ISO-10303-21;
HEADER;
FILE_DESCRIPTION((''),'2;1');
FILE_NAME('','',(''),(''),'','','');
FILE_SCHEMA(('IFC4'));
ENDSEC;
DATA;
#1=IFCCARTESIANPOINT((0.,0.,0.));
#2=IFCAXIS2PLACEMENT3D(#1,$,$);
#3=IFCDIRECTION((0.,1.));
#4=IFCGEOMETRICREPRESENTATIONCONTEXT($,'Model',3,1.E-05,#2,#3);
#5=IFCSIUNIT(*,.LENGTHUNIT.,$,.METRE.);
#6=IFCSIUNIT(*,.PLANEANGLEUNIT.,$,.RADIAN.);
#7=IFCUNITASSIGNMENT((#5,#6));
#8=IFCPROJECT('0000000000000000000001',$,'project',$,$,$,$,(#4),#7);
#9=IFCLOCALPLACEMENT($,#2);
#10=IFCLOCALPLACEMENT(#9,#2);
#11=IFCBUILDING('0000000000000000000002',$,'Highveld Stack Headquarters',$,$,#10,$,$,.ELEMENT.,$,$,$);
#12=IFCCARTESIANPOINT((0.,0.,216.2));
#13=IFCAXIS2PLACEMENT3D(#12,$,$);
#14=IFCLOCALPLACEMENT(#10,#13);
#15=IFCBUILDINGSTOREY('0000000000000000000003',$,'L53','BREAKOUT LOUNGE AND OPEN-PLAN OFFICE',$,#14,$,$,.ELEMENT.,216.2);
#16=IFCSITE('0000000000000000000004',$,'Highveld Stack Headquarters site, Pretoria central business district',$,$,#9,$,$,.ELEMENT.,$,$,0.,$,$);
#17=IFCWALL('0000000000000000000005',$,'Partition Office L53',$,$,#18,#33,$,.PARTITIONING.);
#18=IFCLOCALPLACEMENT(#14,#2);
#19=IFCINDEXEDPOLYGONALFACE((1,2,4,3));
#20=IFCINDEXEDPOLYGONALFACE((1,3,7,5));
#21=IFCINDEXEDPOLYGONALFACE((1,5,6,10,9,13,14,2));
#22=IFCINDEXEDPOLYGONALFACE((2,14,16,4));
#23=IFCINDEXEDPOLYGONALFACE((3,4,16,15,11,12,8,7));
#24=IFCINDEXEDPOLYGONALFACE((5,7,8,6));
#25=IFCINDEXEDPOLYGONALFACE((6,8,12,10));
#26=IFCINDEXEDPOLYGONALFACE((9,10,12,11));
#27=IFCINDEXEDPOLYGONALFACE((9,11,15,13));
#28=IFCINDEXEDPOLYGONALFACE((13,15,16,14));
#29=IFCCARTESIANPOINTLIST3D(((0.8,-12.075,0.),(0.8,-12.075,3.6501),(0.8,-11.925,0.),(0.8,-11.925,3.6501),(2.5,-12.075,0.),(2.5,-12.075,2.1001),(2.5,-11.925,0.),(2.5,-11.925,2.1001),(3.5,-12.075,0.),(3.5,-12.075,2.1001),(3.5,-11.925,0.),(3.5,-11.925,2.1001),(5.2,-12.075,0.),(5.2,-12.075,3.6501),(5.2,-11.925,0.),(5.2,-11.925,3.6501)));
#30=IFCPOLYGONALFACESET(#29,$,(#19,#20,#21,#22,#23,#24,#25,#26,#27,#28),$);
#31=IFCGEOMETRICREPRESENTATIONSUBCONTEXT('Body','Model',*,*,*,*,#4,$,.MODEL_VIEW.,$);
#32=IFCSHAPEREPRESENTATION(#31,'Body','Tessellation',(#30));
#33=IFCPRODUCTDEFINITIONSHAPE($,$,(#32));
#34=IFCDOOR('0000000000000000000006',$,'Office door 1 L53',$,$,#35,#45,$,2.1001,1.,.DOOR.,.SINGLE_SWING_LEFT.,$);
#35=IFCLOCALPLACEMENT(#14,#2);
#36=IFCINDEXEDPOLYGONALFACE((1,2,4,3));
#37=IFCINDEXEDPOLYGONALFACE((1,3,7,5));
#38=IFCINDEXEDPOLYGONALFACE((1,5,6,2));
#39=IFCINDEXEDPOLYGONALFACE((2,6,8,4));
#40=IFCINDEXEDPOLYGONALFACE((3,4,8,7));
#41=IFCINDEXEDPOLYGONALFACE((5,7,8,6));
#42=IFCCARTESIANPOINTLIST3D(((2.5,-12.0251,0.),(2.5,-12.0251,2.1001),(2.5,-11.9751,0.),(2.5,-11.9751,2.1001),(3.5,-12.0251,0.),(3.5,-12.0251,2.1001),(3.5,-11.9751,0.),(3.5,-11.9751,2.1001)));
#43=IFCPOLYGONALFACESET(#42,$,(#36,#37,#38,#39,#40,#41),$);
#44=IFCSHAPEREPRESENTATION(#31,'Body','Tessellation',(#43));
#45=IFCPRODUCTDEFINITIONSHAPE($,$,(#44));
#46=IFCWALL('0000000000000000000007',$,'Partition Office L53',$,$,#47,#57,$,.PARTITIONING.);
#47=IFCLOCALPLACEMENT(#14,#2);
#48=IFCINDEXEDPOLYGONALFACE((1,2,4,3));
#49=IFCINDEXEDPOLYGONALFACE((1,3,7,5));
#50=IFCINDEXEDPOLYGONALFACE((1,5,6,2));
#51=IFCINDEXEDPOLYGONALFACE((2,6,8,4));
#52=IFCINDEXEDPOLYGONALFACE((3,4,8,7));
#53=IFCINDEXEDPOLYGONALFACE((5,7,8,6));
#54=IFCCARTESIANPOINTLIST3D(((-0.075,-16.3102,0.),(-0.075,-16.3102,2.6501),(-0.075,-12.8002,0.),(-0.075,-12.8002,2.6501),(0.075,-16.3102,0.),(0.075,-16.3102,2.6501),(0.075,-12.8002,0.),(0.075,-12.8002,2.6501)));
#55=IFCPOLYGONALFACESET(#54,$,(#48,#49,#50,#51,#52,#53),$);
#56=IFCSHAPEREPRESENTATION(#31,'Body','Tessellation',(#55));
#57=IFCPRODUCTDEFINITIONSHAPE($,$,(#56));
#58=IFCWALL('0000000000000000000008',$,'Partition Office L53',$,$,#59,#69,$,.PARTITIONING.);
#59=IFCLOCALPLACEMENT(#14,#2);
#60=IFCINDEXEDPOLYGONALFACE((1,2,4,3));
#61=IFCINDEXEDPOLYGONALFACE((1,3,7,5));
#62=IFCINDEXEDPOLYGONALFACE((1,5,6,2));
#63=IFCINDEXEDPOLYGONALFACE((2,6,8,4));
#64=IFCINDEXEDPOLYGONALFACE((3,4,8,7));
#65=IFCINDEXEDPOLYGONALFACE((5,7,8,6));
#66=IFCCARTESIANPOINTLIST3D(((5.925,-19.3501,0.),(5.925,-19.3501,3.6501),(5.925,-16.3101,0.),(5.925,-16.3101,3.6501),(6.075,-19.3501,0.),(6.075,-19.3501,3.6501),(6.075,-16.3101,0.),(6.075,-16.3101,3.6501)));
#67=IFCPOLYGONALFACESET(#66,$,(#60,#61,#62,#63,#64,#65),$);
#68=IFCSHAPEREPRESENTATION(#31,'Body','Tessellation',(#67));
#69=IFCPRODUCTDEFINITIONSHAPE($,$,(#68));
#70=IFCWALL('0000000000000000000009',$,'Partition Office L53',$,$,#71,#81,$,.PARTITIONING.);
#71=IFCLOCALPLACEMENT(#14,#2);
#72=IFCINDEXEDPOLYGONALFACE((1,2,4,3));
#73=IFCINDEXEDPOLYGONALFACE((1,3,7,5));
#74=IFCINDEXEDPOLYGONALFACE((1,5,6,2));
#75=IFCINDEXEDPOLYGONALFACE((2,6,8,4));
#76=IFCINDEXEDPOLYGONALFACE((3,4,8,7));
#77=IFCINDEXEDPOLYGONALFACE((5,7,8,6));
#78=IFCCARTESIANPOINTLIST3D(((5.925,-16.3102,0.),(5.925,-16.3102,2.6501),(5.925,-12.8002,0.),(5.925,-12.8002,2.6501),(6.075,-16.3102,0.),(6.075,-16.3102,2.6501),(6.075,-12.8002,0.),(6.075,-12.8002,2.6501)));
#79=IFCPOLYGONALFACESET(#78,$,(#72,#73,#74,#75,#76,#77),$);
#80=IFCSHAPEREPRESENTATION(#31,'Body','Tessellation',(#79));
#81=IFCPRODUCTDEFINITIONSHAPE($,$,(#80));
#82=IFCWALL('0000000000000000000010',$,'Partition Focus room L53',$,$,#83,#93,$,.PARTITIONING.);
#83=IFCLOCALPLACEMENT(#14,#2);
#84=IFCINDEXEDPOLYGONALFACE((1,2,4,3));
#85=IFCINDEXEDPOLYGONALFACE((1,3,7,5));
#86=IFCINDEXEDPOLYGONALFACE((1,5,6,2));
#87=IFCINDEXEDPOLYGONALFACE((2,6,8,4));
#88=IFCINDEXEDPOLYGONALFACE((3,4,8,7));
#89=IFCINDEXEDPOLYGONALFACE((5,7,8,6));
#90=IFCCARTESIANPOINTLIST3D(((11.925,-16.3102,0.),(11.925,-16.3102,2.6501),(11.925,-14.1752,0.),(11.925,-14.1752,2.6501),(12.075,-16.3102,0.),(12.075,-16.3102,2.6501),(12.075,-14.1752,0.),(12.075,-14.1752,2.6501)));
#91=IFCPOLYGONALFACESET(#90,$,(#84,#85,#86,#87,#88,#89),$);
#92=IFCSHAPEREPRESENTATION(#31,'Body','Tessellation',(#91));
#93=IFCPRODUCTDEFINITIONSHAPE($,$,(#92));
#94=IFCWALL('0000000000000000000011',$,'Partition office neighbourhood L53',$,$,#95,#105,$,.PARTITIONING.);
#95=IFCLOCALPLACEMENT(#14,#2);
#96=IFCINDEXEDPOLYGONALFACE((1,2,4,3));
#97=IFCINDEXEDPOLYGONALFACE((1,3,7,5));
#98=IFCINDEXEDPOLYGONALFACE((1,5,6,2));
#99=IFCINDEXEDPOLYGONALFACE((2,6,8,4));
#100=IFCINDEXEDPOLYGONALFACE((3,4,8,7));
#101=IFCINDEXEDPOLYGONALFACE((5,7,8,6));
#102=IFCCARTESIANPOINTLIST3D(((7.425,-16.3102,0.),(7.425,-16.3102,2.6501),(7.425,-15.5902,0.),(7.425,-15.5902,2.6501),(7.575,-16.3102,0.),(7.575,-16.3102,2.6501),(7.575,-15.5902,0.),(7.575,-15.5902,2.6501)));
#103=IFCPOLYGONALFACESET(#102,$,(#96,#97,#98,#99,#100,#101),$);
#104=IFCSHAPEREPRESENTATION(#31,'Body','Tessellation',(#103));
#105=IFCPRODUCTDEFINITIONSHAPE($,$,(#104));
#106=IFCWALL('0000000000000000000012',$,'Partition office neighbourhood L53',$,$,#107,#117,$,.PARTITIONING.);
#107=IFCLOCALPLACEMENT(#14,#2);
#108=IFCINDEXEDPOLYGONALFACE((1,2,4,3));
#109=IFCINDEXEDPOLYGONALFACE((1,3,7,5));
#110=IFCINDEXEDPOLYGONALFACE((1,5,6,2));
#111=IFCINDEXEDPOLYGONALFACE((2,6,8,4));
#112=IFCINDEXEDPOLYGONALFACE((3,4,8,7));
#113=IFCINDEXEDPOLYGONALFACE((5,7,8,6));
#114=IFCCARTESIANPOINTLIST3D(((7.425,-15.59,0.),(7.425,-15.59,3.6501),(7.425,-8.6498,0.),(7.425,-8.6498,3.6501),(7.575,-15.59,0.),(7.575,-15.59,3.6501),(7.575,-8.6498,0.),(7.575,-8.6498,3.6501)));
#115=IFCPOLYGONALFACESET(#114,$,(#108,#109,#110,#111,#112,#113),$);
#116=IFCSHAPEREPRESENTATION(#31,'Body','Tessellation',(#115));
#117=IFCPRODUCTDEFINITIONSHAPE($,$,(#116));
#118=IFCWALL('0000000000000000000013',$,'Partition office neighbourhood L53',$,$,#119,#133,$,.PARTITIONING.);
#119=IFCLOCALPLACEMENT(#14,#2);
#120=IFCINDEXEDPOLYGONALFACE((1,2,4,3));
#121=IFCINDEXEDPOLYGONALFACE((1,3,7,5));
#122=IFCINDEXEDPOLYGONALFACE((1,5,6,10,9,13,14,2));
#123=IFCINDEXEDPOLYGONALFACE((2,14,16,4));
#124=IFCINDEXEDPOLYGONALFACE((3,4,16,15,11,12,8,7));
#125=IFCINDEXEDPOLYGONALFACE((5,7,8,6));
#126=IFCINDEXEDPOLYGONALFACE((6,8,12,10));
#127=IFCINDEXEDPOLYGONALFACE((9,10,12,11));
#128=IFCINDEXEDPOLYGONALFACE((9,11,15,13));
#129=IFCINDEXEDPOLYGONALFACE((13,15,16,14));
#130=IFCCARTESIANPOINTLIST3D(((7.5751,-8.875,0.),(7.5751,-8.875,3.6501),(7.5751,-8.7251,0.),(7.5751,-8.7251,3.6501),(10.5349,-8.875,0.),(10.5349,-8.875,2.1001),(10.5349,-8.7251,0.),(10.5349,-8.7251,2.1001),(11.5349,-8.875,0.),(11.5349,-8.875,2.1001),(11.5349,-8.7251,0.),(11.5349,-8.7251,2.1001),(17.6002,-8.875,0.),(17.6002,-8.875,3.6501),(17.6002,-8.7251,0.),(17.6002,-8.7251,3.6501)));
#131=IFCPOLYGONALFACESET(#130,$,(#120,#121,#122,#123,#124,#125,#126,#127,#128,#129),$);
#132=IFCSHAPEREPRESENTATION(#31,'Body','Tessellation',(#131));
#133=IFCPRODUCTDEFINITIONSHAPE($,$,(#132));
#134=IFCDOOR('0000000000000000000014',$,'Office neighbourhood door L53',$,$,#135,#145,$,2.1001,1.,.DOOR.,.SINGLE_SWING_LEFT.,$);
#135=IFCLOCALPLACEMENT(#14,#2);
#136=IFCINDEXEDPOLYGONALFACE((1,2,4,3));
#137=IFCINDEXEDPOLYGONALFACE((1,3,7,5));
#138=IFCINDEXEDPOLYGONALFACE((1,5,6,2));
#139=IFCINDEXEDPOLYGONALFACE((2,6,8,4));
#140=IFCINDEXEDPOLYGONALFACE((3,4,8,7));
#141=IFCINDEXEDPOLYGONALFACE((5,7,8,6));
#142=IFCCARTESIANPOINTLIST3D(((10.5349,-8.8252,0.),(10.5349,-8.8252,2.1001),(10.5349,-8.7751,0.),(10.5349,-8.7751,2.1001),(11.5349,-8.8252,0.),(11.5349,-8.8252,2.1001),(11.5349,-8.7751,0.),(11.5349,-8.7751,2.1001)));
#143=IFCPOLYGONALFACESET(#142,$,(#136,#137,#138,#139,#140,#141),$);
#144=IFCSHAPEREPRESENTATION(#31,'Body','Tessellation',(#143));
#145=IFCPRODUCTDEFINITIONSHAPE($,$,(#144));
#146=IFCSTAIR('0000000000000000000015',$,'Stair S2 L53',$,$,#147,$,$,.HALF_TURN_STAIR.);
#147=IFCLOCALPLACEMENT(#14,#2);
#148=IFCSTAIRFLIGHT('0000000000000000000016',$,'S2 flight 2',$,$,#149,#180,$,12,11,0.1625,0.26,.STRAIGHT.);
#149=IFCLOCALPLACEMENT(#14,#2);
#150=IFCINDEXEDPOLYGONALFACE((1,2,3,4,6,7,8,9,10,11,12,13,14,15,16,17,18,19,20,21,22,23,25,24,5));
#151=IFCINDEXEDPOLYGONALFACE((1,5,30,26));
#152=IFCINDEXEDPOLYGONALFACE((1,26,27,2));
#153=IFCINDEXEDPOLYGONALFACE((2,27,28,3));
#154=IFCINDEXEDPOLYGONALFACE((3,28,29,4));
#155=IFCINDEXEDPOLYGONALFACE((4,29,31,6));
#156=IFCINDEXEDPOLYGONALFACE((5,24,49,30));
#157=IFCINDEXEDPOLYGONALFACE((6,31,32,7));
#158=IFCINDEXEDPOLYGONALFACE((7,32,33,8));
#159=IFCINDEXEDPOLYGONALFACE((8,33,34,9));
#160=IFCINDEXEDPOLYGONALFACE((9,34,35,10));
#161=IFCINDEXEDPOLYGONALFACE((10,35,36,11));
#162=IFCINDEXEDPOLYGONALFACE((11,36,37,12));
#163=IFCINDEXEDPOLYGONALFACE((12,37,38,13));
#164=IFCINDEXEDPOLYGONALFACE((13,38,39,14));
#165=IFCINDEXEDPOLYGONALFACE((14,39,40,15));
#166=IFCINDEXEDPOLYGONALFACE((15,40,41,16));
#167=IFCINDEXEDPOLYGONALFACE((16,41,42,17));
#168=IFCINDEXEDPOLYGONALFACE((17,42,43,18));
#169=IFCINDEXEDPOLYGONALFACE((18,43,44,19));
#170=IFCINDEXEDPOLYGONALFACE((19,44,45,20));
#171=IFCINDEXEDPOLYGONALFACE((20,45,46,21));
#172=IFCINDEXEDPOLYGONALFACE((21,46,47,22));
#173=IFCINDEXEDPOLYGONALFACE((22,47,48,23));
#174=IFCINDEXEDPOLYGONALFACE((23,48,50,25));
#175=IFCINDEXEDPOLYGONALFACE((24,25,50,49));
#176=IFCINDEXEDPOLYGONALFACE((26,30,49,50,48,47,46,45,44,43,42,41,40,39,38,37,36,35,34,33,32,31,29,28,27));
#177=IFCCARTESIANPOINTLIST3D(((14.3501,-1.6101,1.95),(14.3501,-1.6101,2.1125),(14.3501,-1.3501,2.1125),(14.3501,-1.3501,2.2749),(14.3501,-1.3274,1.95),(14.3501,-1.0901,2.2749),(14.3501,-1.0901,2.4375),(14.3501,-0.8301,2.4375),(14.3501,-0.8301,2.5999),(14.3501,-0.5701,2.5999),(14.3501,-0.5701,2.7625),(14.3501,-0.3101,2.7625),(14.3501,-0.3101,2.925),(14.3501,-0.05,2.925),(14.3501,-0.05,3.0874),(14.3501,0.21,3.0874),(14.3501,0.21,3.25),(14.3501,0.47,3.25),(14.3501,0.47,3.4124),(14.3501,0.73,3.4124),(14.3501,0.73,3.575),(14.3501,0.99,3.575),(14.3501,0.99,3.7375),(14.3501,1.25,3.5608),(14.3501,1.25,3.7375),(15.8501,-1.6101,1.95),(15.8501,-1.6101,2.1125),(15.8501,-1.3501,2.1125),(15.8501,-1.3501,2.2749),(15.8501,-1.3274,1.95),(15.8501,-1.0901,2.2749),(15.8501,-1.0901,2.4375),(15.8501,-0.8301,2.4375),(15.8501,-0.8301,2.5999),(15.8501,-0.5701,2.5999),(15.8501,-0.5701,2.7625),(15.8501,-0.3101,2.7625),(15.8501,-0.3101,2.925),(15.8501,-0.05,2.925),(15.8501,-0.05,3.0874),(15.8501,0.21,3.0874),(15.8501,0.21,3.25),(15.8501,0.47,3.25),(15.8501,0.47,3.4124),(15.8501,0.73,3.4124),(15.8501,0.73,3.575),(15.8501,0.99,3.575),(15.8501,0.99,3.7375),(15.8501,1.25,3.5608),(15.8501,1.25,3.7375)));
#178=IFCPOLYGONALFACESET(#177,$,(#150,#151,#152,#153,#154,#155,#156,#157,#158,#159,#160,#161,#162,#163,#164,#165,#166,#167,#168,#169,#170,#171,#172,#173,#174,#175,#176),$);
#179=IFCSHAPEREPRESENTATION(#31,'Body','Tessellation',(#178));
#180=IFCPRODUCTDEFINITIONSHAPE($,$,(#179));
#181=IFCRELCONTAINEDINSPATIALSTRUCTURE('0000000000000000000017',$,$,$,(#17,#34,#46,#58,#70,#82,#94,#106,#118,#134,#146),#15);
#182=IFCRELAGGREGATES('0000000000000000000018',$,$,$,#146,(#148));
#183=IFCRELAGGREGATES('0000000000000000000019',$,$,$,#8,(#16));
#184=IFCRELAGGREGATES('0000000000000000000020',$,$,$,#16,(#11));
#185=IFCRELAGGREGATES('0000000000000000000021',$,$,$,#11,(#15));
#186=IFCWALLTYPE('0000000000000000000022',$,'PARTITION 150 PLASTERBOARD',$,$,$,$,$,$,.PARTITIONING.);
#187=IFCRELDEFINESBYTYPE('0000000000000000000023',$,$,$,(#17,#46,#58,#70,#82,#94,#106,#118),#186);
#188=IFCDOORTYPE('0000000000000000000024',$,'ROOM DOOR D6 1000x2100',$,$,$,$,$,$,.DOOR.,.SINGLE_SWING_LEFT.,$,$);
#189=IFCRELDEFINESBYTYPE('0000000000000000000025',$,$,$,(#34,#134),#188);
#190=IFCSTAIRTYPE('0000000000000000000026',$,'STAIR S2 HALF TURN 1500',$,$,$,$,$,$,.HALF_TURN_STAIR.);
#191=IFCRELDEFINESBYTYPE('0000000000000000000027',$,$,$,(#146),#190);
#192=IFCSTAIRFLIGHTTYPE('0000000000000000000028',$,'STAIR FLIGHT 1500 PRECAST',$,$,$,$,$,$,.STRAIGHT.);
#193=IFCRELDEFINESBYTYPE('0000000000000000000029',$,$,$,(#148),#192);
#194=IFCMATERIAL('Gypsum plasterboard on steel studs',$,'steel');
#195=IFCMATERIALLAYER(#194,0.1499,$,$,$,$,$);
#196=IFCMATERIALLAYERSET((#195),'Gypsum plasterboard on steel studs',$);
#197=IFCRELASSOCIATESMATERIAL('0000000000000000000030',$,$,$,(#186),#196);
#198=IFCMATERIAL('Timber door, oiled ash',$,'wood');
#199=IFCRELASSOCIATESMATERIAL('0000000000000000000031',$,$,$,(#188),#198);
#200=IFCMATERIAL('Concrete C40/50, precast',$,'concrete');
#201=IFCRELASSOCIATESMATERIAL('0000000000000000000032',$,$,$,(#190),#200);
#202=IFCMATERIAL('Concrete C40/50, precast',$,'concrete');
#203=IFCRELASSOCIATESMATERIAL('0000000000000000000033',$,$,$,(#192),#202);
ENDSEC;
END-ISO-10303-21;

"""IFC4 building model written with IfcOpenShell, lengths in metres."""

from ifc_helpers import new_model, si_unit, direction, frame, frame_2d, origin, place, context, subcontext, project, spatial, polyline, rectangle, outline, extrude, material, layer, layer_set, type_object, element, fill, aggregate, save


model = new_model("IFC4")

# Units and contexts
model_context = context("Model", 3, precision=1e-05, world=origin(), true_north=direction((0.0, 1.0)))
body_context = subcontext(model_context, "Body", "Model", "MODEL_VIEW")
ifc_project = project(units=[si_unit("LENGTHUNIT", "METRE"), si_unit("PLANEANGLEUNIT", "RADIAN")], contexts=[model_context])

# Site, building, storey
site_placement = place(None, origin())
site = spatial("IfcSite", under=ifc_project, at=site_placement, Name="Highveld Stack Headquarters site, Pretoria central business district", CompositionType="ELEMENT", RefElevation=0.0)
building_placement = place(site_placement, origin())
building = spatial("IfcBuilding", under=site, at=building_placement, Name="Highveld Stack Headquarters", CompositionType="ELEMENT")
storey_placement = place(building_placement, frame((0.0, 0.0, 216.2)))
storey = spatial("IfcBuildingStorey", under=building, at=storey_placement, Name="L53", Description="BREAKOUT LOUNGE AND OPEN-PLAN OFFICE", CompositionType="ELEMENT", Elevation=216.2)

# Shared definitions
ifc_material_1 = material(Name="Gypsum plasterboard on steel studs", Category="steel")
ifc_layer_1 = layer(ifc_material_1, 0.1499)
ifc_layer_set_1 = layer_set([ifc_layer_1], Name="Gypsum plasterboard on steel studs")
wall_type_1 = type_object("IfcWallType", Name="PARTITION 150 PLASTERBOARD", PredefinedType="PARTITIONING", material=ifc_layer_set_1)

# Wall, opening, door
ifc_material_2 = material(Name="Timber door, oiled ash", Category="wood")
door_type = type_object("IfcDoorType", Name="ROOM DOOR D6 1000x2100", OperationType="SINGLE_SWING_LEFT", PredefinedType="DOOR", material=ifc_material_2)
wall_1_placement = place(storey_placement, frame((0.8, -12.0, 0.0), z_axis=(0.0, 0.0, 1.0), x_axis=(1.0, 0.0, 0.0)))
wall_1 = element("IfcWall", 1, at=wall_1_placement, inside=storey, type_object=wall_type_1, Name="Partition Office L53", PredefinedType="PARTITIONING", context=body_context, shape_type="SweptSolid", body=[
    extrude(rectangle(XDim=4.3999, YDim=0.1499, at=frame_2d((2.2, 0.0))), origin(), (0.0, 0.0, 1.0), 3.6501),
])
opening_1_placement = place(wall_1_placement, frame((1.7, 0.0, 0.0)))
opening_1 = element("IfcOpeningElement", 2, at=opening_1_placement, cuts=wall_1, PredefinedType="OPENING", context=body_context, shape_type="SweptSolid", body=[
    extrude(rectangle(XDim=1.0, YDim=2.1001, at=frame_2d((0.5, 1.05))), frame((0.0, 0.085, 0.0), z_axis=(0.0, -1.0, 0.0), x_axis=(1.0, 0.0, 0.0)), (0.0, 0.0, 1.0), 0.1699),
])
door_1_placement = place(opening_1_placement, origin())
door_1 = element("IfcDoor", 3, at=door_1_placement, inside=storey, type_object=door_type, Name="Office door 1 L53", OperationType="SINGLE_SWING_LEFT", OverallHeight=2.1001, OverallWidth=1.0, PredefinedType="DOOR", context=body_context, shape_type="SweptSolid", body=[
    extrude(rectangle(XDim=1.0, YDim=2.1001, at=frame_2d((0.5, 1.05))), frame((0.0, 0.0249, 0.0), z_axis=(0.0, -1.0, 0.0), x_axis=(1.0, 0.0, 0.0)), (0.0, 0.0, 1.0), 0.05),
])
fill(opening_1, door_1)

# Walls
wall_2_placement = place(storey_placement, frame((0.0, -16.3101, 0.0), z_axis=(0.0, 0.0, 1.0), x_axis=(0.0, 1.0, 0.0)))
element("IfcWall", 4, at=wall_2_placement, inside=storey, type_object=wall_type_1, Name="Partition Office L53", PredefinedType="PARTITIONING", context=body_context, shape_type="SweptSolid", body=[
    extrude(rectangle(XDim=3.51, YDim=0.1499, at=frame_2d((1.7549, 0.0))), origin(), (0.0, 0.0, 1.0), 2.6501),
])
wall_3_placement = place(storey_placement, frame((6.0, -19.3501, 0.0), z_axis=(0.0, 0.0, 1.0), x_axis=(0.0, 1.0, 0.0)))
element("IfcWall", 5, at=wall_3_placement, inside=storey, type_object=wall_type_1, Name="Partition Office L53", PredefinedType="PARTITIONING", context=body_context, shape_type="SweptSolid", body=[
    extrude(rectangle(XDim=3.04, YDim=0.1499, at=frame_2d((1.52, 0.0))), origin(), (0.0, 0.0, 1.0), 3.6501),
])
wall_4_placement = place(storey_placement, frame((6.0, -16.3101, 0.0), z_axis=(0.0, 0.0, 1.0), x_axis=(0.0, 1.0, 0.0)))
element("IfcWall", 6, at=wall_4_placement, inside=storey, type_object=wall_type_1, Name="Partition Office L53", PredefinedType="PARTITIONING", context=body_context, shape_type="SweptSolid", body=[
    extrude(rectangle(XDim=3.51, YDim=0.1499, at=frame_2d((1.7549, 0.0))), origin(), (0.0, 0.0, 1.0), 2.6501),
])
wall_5_placement = place(storey_placement, frame((12.0, -16.3101, 0.0), z_axis=(0.0, 0.0, 1.0), x_axis=(0.0, 1.0, 0.0)))
element("IfcWall", 7, at=wall_5_placement, inside=storey, type_object=wall_type_1, Name="Partition Focus room L53", PredefinedType="PARTITIONING", context=body_context, shape_type="SweptSolid", body=[
    extrude(rectangle(XDim=2.135, YDim=0.1499, at=frame_2d((1.0674, 0.0))), origin(), (0.0, 0.0, 1.0), 2.6501),
])
wall_6_placement = place(storey_placement, frame((7.5, -16.3101, 0.0), z_axis=(0.0, 0.0, 1.0), x_axis=(0.0, 1.0, 0.0)))
element("IfcWall", 8, at=wall_6_placement, inside=storey, type_object=wall_type_1, Name="Partition office neighbourhood L53", PredefinedType="PARTITIONING", context=body_context, shape_type="SweptSolid", body=[
    extrude(rectangle(XDim=0.72, YDim=0.1499, at=frame_2d((0.3599, 0.0))), origin(), (0.0, 0.0, 1.0), 2.6501),
])
wall_7_placement = place(storey_placement, frame((7.5, -15.5901, 0.0), z_axis=(0.0, 0.0, 1.0), x_axis=(0.0, 1.0, 0.0)))
element("IfcWall", 9, at=wall_7_placement, inside=storey, type_object=wall_type_1, Name="Partition office neighbourhood L53", PredefinedType="PARTITIONING", context=body_context, shape_type="SweptSolid", body=[
    extrude(rectangle(XDim=6.9402, YDim=0.1499, at=frame_2d((3.4702, 0.0))), origin(), (0.0, 0.0, 1.0), 3.6501),
])

# Wall, opening, door
wall_8_placement = place(storey_placement, frame((7.575, -8.8, 0.0), z_axis=(0.0, 0.0, 1.0), x_axis=(1.0, 0.0, 0.0)))
wall_8 = element("IfcWall", 10, at=wall_8_placement, inside=storey, type_object=wall_type_1, Name="Partition office neighbourhood L53", PredefinedType="PARTITIONING", context=body_context, shape_type="SweptSolid", body=[
    extrude(rectangle(XDim=10.0251, YDim=0.1499, at=frame_2d((5.0127, 0.0))), origin(), (0.0, 0.0, 1.0), 3.6501),
])
opening_2_placement = place(wall_8_placement, frame((2.96, 0.0, 0.0)))
opening_2 = element("IfcOpeningElement", 11, at=opening_2_placement, cuts=wall_8, PredefinedType="OPENING", context=body_context, shape_type="SweptSolid", body=[
    extrude(rectangle(XDim=1.0, YDim=2.1001, at=frame_2d((0.5, 1.05))), frame((0.0, 0.085, 0.0), z_axis=(0.0, -1.0, 0.0), x_axis=(1.0, 0.0, 0.0)), (0.0, 0.0, 1.0), 0.1699),
])
door_2_placement = place(opening_2_placement, origin())
door_2 = element("IfcDoor", 12, at=door_2_placement, inside=storey, type_object=door_type, Name="Office neighbourhood door L53", OperationType="SINGLE_SWING_LEFT", OverallHeight=2.1001, OverallWidth=1.0, PredefinedType="DOOR", context=body_context, shape_type="SweptSolid", body=[
    extrude(rectangle(XDim=1.0, YDim=2.1001, at=frame_2d((0.5, 1.05))), frame((0.0, 0.0249, 0.0), z_axis=(0.0, -1.0, 0.0), x_axis=(1.0, 0.0, 0.0)), (0.0, 0.0, 1.0), 0.05),
])
fill(opening_2, door_2)

# Stair, stair flight
ifc_material_3 = material(Name="Concrete C40/50, precast", Category="concrete")
stair_type = type_object("IfcStairType", Name="STAIR S2 HALF TURN 1500", PredefinedType="HALF_TURN_STAIR", material=ifc_material_3)
stair_placement = place(storey_placement, origin())
stair = element("IfcStair", 13, at=stair_placement, inside=storey, type_object=stair_type, Name="Stair S2 L53", PredefinedType="HALF_TURN_STAIR")
ifc_material_4 = material(Name="Concrete C40/50, precast", Category="concrete")
stair_flight_type = type_object("IfcStairFlightType", Name="STAIR FLIGHT 1500 PRECAST", PredefinedType="STRAIGHT", material=ifc_material_4)
stair_flight_placement = place(storey_placement, frame((15.1001, -1.6101, 1.95), z_axis=(0.0, 0.0, 1.0), x_axis=(0.0, 1.0, 0.0)))
stair_flight = element("IfcStairFlight", 14, at=stair_flight_placement, type_object=stair_flight_type, Name="S2 flight 2", NumberOfRisers=12, NumberOfTreads=11, PredefinedType="STRAIGHT", RiserHeight=0.1625, TreadLength=0.26, context=body_context, shape_type="SweptSolid", body=[
    extrude(outline(polyline([(0.0, 0.0), (0.0, 0.1626), (0.26, 0.1626), (0.26, 0.325), (0.52, 0.325), (0.52, 0.4875), (0.78, 0.4875), (0.78, 0.6499), (1.04, 0.6499), (1.04, 0.8125), (1.3, 0.8125), (1.3, 0.9751), (1.5601, 0.9751), (1.5601, 1.1375), (1.8201, 1.1375), (1.8201, 1.3), (2.0801, 1.3), (2.0801, 1.4624), (2.3401, 1.4624), (2.3401, 1.625), (2.6001, 1.625), (2.6001, 1.7876), (2.8601, 1.7876), (2.8601, 1.95), (2.8601, 1.6108), (0.2827, 0.0), (0.0, 0.0)])), frame((0.0, 0.75, 0.0), z_axis=(0.0, -1.0, 0.0), x_axis=(1.0, 0.0, 0.0)), (0.0, 0.0, 1.0), 1.5),
])
aggregate(stair, [stair_flight])

save(model, "model.ifc")
